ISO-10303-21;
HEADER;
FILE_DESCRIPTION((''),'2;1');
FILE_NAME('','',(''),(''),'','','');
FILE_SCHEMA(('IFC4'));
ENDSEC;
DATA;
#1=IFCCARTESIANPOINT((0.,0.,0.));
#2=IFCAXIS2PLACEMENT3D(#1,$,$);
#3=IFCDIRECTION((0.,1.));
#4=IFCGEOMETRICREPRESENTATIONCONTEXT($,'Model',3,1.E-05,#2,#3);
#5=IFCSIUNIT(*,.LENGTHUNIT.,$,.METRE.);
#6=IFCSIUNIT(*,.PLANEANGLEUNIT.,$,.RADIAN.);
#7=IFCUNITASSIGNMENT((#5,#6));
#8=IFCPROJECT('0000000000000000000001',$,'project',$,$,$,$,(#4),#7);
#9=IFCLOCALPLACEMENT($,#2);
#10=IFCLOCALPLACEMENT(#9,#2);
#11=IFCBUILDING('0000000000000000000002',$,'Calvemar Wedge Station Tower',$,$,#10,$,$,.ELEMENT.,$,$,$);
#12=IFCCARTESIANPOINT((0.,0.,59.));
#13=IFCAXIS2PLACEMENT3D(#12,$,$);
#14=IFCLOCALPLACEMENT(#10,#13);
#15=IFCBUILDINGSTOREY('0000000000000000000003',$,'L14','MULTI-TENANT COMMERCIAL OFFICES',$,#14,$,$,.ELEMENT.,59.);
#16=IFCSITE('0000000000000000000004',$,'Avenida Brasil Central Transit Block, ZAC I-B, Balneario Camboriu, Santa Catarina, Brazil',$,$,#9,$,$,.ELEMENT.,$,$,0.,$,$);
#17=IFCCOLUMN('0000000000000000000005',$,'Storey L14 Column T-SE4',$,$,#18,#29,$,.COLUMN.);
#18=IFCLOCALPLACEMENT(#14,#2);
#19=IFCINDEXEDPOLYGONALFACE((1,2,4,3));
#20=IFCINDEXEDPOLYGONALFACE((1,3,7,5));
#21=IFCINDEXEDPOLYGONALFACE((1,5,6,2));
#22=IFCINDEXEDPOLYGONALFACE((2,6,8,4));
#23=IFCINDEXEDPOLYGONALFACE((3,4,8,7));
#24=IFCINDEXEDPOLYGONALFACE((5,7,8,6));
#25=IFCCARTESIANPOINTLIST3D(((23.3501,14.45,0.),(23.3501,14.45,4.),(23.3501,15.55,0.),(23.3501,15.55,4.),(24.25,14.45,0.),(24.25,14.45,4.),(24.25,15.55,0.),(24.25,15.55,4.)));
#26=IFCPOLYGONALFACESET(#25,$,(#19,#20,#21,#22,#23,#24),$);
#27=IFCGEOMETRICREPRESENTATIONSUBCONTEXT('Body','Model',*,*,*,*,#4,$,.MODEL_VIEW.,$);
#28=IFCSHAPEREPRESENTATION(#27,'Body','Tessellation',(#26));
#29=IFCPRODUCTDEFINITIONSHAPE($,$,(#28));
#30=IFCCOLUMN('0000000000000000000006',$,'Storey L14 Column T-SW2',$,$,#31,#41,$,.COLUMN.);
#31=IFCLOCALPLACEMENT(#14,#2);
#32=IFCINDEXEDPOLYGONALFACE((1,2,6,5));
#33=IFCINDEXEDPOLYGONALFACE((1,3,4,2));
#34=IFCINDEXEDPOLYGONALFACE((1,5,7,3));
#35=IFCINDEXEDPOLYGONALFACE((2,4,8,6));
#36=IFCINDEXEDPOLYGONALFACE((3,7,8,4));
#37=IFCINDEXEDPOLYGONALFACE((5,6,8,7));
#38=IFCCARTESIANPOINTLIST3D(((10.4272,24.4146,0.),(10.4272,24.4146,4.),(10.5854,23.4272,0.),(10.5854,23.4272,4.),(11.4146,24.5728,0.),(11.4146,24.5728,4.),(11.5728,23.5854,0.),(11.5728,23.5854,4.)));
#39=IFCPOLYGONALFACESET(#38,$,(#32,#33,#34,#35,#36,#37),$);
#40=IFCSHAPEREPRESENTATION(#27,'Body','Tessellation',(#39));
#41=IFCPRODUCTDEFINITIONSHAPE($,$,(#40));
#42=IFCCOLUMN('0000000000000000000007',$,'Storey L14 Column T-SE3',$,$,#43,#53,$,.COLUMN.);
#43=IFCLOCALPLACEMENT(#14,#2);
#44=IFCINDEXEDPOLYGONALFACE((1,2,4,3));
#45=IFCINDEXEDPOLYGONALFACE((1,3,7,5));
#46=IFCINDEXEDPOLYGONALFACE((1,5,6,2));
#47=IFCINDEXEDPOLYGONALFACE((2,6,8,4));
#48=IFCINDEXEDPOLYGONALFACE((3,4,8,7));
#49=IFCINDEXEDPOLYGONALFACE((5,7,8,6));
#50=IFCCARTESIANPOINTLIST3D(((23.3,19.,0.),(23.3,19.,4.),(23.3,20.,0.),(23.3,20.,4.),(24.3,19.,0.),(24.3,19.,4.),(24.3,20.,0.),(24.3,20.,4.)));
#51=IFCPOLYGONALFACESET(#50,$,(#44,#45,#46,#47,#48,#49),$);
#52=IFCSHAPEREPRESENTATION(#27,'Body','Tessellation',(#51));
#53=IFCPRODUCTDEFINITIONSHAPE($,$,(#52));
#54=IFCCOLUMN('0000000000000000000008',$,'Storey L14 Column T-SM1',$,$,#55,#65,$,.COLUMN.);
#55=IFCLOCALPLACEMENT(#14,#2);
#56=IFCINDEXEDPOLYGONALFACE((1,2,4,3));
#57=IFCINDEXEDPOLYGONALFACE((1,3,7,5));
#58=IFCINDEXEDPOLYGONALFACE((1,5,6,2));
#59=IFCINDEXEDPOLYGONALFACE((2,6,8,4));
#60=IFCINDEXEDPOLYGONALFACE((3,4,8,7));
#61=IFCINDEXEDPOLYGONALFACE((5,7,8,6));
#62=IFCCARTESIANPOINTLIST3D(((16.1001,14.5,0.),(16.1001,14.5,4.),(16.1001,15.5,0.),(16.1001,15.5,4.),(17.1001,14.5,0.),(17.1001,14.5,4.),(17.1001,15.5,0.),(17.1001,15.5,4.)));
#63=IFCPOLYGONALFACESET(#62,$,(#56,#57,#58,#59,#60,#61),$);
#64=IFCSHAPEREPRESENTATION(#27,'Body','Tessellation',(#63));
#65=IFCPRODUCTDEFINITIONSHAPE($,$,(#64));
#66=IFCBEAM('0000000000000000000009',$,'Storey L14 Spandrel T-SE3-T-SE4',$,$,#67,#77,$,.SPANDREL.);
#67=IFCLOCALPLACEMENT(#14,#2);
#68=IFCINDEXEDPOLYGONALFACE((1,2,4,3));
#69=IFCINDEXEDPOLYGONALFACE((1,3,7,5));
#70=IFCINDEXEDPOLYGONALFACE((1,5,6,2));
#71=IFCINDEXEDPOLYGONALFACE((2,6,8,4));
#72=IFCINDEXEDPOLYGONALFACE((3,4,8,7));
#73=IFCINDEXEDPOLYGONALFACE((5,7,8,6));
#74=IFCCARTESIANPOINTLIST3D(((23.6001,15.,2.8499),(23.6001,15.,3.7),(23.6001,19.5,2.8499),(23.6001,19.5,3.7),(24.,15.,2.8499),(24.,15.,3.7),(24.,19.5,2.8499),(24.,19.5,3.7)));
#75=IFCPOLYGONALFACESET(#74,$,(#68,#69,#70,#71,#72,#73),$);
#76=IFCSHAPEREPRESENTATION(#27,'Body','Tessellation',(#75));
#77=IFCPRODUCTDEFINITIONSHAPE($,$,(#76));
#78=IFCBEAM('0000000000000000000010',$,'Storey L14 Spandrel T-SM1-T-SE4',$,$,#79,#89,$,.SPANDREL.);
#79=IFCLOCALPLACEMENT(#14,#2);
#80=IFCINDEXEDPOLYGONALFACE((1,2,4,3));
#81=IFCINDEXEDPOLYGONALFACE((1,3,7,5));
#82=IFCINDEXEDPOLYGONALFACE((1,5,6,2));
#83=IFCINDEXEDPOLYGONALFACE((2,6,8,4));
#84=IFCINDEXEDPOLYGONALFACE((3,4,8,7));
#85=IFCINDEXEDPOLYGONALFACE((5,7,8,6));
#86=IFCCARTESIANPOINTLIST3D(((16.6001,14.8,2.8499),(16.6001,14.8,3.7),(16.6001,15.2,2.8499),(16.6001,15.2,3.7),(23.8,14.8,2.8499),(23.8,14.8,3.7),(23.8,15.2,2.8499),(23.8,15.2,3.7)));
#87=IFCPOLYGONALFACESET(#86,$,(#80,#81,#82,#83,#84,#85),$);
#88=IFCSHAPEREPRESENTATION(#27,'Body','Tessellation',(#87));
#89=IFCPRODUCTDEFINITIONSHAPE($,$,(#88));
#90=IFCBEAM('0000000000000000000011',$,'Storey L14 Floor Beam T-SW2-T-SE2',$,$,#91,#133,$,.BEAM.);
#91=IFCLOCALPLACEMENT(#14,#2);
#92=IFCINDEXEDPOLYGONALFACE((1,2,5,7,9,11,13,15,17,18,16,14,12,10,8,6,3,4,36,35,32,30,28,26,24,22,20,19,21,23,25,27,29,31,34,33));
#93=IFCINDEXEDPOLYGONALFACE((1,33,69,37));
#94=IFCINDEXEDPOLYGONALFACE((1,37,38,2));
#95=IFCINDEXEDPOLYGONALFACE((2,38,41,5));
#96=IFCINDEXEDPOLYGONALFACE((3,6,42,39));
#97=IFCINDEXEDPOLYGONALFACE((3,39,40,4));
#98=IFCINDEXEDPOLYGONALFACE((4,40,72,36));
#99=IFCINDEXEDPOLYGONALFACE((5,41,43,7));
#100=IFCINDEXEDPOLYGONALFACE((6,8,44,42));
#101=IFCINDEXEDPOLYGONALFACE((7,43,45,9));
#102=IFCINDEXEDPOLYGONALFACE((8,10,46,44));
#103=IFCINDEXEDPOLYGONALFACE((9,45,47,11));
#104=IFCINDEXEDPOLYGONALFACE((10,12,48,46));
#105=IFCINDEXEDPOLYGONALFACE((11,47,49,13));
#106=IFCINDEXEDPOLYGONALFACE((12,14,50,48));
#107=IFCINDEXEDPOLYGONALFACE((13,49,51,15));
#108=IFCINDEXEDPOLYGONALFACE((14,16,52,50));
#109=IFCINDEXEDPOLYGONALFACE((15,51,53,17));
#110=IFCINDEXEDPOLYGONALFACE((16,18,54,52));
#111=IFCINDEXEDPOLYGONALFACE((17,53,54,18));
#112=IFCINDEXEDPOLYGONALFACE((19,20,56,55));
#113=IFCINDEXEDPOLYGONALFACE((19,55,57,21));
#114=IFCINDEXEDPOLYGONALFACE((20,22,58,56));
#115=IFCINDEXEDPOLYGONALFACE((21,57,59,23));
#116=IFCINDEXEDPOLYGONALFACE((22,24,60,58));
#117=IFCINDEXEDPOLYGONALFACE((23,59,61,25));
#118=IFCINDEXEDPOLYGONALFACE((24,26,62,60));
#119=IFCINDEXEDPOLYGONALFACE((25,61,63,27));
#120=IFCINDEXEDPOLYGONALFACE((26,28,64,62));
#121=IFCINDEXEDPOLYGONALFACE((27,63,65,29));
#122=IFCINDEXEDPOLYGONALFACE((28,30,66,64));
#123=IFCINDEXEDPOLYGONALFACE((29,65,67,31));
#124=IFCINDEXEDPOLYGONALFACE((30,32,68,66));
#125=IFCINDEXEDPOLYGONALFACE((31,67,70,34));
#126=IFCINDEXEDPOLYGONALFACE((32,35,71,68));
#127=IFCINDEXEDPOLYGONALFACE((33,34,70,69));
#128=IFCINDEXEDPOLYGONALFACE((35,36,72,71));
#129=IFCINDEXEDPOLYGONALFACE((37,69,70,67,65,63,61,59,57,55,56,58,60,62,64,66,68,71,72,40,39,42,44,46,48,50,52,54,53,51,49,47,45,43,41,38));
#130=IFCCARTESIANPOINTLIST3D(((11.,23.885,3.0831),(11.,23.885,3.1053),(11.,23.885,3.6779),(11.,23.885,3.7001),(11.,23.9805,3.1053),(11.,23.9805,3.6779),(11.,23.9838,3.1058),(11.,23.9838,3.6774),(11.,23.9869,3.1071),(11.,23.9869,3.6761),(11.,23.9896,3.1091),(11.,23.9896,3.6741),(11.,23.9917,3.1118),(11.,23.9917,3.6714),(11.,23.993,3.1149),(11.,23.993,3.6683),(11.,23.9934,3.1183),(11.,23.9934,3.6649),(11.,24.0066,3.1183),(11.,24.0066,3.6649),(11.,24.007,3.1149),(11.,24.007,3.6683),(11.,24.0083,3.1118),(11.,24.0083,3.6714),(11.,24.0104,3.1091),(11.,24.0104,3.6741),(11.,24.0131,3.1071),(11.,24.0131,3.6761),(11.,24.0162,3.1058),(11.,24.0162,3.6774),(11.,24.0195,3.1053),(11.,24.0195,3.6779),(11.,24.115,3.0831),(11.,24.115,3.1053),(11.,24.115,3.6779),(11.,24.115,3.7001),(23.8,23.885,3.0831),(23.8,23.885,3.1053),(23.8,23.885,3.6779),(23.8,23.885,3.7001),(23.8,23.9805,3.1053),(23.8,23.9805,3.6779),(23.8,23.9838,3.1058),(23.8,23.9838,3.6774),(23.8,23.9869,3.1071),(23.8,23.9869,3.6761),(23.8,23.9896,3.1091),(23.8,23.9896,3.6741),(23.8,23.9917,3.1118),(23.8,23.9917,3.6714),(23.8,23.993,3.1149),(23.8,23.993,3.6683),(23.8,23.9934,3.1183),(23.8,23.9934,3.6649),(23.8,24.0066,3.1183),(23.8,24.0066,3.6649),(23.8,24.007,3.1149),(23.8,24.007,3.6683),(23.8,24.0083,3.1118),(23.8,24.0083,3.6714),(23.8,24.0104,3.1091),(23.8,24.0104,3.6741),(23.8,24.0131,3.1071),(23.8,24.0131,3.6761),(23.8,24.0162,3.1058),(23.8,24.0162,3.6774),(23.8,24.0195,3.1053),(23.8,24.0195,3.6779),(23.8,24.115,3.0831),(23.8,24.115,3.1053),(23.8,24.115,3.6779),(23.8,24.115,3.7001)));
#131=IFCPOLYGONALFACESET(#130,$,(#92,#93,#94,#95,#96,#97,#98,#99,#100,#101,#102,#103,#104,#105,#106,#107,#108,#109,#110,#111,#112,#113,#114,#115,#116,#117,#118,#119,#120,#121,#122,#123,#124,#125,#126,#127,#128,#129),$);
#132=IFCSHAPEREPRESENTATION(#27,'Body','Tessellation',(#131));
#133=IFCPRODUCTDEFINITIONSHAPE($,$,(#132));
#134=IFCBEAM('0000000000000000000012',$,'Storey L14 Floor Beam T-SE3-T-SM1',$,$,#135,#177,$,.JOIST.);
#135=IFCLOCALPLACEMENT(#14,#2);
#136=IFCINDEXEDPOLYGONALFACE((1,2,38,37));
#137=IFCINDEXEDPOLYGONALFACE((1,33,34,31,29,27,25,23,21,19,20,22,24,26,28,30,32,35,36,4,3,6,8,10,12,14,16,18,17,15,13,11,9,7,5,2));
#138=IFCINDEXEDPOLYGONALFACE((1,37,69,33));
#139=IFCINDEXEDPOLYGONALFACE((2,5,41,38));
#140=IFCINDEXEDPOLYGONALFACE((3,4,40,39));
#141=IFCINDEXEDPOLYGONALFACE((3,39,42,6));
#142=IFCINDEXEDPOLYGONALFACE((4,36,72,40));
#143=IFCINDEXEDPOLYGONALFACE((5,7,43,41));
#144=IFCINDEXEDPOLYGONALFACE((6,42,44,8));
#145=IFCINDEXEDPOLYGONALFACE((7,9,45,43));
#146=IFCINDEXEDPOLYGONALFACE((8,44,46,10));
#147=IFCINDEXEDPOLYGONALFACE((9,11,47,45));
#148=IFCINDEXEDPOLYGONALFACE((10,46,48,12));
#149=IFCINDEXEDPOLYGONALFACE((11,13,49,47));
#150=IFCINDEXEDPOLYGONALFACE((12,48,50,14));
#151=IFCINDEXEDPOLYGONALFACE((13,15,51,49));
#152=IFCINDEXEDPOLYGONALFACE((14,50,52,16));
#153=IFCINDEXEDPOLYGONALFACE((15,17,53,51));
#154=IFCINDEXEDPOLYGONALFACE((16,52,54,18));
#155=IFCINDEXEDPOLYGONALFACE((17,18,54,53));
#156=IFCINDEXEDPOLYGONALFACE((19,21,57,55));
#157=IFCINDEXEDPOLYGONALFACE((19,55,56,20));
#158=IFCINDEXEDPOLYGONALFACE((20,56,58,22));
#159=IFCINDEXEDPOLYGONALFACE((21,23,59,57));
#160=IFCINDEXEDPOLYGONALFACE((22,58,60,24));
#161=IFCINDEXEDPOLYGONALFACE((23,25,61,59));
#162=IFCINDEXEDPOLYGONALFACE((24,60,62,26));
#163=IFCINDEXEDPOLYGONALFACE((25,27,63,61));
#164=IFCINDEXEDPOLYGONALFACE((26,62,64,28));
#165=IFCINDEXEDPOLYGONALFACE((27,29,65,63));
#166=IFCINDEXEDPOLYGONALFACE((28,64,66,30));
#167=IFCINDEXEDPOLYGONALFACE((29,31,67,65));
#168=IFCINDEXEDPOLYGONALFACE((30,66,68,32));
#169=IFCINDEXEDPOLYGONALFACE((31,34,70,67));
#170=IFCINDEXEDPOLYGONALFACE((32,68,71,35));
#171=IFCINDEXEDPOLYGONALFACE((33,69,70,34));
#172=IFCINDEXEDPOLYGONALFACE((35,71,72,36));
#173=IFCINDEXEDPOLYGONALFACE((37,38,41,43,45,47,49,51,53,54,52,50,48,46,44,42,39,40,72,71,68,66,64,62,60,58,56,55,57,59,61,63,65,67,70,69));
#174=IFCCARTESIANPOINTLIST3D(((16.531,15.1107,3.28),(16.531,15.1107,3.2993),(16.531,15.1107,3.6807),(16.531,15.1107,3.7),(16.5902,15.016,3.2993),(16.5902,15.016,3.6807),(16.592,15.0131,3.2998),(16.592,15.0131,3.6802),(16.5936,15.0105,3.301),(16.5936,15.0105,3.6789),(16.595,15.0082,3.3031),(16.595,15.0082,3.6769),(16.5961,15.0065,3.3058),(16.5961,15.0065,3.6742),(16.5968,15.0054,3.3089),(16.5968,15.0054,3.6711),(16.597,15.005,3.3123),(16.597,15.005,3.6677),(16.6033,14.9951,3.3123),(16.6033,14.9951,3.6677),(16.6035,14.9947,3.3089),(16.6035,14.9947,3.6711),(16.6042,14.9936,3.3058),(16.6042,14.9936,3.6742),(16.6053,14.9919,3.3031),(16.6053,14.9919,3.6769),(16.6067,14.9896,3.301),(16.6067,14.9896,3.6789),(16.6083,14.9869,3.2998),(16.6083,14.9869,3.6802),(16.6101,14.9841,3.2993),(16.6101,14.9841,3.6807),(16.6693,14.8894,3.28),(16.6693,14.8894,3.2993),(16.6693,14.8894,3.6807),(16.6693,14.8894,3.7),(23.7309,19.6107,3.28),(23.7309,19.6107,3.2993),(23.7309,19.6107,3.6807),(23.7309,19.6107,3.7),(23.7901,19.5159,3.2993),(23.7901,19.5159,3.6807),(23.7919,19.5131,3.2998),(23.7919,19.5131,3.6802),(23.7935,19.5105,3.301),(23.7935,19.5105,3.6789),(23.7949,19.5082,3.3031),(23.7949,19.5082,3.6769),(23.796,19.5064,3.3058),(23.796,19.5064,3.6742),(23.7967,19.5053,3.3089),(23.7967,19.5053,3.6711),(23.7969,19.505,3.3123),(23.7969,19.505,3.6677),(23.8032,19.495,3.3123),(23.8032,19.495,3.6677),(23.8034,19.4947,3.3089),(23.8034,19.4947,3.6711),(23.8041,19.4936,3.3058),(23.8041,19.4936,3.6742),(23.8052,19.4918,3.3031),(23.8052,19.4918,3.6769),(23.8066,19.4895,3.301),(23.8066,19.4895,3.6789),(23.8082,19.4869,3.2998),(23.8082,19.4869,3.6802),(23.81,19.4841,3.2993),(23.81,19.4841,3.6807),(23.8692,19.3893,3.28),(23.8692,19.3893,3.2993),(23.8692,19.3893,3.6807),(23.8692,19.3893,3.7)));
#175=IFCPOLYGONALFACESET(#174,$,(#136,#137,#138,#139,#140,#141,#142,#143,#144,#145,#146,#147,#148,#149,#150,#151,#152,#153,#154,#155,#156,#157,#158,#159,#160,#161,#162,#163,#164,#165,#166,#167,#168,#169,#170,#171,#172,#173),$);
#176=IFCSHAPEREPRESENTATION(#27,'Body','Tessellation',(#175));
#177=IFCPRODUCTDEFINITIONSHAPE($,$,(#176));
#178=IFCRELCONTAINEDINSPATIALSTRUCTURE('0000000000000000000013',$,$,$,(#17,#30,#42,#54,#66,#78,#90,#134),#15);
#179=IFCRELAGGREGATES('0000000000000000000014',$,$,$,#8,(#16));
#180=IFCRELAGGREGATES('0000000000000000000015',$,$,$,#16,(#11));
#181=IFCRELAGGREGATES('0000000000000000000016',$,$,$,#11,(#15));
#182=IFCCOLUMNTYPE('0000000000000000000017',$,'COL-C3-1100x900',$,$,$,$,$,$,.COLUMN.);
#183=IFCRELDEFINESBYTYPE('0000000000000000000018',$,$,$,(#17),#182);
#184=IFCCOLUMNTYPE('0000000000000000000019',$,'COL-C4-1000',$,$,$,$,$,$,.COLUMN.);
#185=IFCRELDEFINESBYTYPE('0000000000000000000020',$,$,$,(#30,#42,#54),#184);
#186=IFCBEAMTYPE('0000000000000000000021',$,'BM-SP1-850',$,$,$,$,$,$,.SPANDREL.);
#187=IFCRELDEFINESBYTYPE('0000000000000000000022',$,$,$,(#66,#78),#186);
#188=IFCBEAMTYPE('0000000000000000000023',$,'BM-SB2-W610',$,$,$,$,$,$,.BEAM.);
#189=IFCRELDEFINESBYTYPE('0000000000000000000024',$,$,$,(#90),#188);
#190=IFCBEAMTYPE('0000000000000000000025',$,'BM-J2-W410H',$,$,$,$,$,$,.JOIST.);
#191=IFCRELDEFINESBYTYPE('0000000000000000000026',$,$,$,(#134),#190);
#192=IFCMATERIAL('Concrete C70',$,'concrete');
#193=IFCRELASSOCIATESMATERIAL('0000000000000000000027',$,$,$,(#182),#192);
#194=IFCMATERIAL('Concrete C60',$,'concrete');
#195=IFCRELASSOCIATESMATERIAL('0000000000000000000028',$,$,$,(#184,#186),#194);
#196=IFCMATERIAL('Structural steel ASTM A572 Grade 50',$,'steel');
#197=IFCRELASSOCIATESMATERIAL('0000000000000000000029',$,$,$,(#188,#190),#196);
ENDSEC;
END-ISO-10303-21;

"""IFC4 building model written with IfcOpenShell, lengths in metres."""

from ifc_helpers import new_model, si_unit, direction, frame, origin, origin_2d, place, context, subcontext, project, spatial, rectangle, i_section, extrude, source, transform, mapped, material, material_profile, profile_set, type_object, element, save


model = new_model("IFC4")

# Units and contexts
model_context = context("Model", 3, precision=1e-05, world=origin(), true_north=direction((0.0, 1.0)))
body_context = subcontext(model_context, "Body", "Model", "MODEL_VIEW")
ifc_project = project(units=[si_unit("LENGTHUNIT", "METRE"), si_unit("PLANEANGLEUNIT", "RADIAN")], contexts=[model_context])

# Site, building, storey
site_placement = place(None, origin())
site = spatial("IfcSite", under=ifc_project, at=site_placement, Name="Avenida Brasil Central Transit Block, ZAC I-B, Balneario Camboriu, Santa Catarina, Brazil", CompositionType="ELEMENT", RefElevation=0.0)
building_placement = place(site_placement, origin())
building = spatial("IfcBuilding", under=site, at=building_placement, Name="Calvemar Wedge Station Tower", CompositionType="ELEMENT")
storey_placement = place(building_placement, frame((0.0, 0.0, 59.0)))
storey = spatial("IfcBuildingStorey", under=building, at=storey_placement, Name="L14", Description="MULTI-TENANT COMMERCIAL OFFICES", CompositionType="ELEMENT", Elevation=59.0)

# Columns
ifc_material_1 = material(Name="Concrete C70", Category="concrete")
ifc_material_profile_1 = material_profile(ifc_material_1, rectangle(XDim=0.8999, YDim=1.1001, at=origin_2d()), Name="RC1100x900")
ifc_profile_set_1 = profile_set([ifc_material_profile_1], Name="Concrete C70")
column_type_1 = type_object("IfcColumnType", Name="COL-C3-1100x900", PredefinedType="COLUMN", material=ifc_profile_set_1)
shared_shape_1 = source(origin(), body_context, "Body", "SweptSolid", [
    extrude(rectangle(XDim=0.8999, YDim=1.1001, at=origin_2d()), origin(), (0.0, 0.0, 1.0), 4.0),
])
column_placement = place(storey_placement, frame((23.8, 15.0, 0.0), z_axis=(0.0, 0.0, 1.0), x_axis=(1.0, 0.0, 0.0)))
element("IfcColumn", 1, at=column_placement, inside=storey, type_object=column_type_1, Name="Storey L14 Column T-SE4", PredefinedType="COLUMN", context=body_context, shape_type="MappedRepresentation", body=[
    mapped(shared_shape_1, transform((0.0, 0.0, 0.0), scale=1.0)),
])
ifc_material_2 = material(Name="Concrete C60", Category="concrete")
ifc_material_profile_2 = material_profile(ifc_material_2, rectangle(XDim=1.0, YDim=1.0, at=origin_2d()), Name="RC1000x1000")
ifc_profile_set_2 = profile_set([ifc_material_profile_2], Name="Concrete C60")
column_type_2 = type_object("IfcColumnType", Name="COL-C4-1000", PredefinedType="COLUMN", material=ifc_profile_set_2)
shared_shape_2 = source(origin(), body_context, "Body", "SweptSolid", [
    extrude(rectangle(XDim=1.0, YDim=1.0, at=origin_2d()), origin(), (0.0, 0.0, 1.0), 4.0),
])
for number, where, z_axis, x_axis, name in (
    (2, (11.0, 24.0, 0.0), (0.0, 0.0, 1.0), (0.158158, -0.987414, 0.0), "Storey L14 Column T-SW2"),
    (3, (23.8, 19.5, 0.0), (0.0, 0.0, 1.0), (1.0, 0.0, 0.0), "Storey L14 Column T-SE3"),
    (4, (16.6001, 15.0, 0.0), (0.0, 0.0, 1.0), (1.0, 0.0, 0.0), "Storey L14 Column T-SM1"),
):
    element("IfcColumn", number, at=place(storey_placement, frame(where, z_axis=z_axis, x_axis=x_axis)), inside=storey, type_object=column_type_2, Name=name, PredefinedType="COLUMN", context=body_context, shape_type="MappedRepresentation", body=[
        mapped(shared_shape_2, transform((0.0, 0.0, 0.0), scale=1.0)),
    ])

# Beams
ifc_material_profile_3 = material_profile(ifc_material_2, rectangle(XDim=0.3999, YDim=0.8501, at=origin_2d()), Name="RC400x850")
ifc_profile_set_3 = profile_set([ifc_material_profile_3], Name="Concrete C60")
beam_type_1 = type_object("IfcBeamType", Name="BM-SP1-850", PredefinedType="SPANDREL", material=ifc_profile_set_3)
shared_shape_3 = source(origin(), body_context, "Body", "SweptSolid", [
    extrude(rectangle(XDim=0.3999, YDim=0.8501, at=origin_2d()), origin(), (0.0, 0.0, 1.0), 4.5),
])
beam_1_placement = place(storey_placement, frame((23.8, 19.5, 3.2749), z_axis=(0.0, -1.0, 0.0), x_axis=(1.0, 0.0, 0.0)))
element("IfcBeam", 5, at=beam_1_placement, inside=storey, type_object=beam_type_1, Name="Storey L14 Spandrel T-SE3-T-SE4", PredefinedType="SPANDREL", context=body_context, shape_type="MappedRepresentation", body=[
    mapped(shared_shape_3, transform((0.0, 0.0, 0.0), scale=1.0)),
])
shared_shape_4 = source(origin(), body_context, "Body", "SweptSolid", [
    extrude(rectangle(XDim=0.3999, YDim=0.8501, at=origin_2d()), origin(), (0.0, 0.0, 1.0), 7.2),
])
beam_2_placement = place(storey_placement, frame((16.6001, 15.0, 3.2749), z_axis=(1.0, 0.0, 0.0), x_axis=(0.0, 1.0, 0.0)))
element("IfcBeam", 6, at=beam_2_placement, inside=storey, type_object=beam_type_1, Name="Storey L14 Spandrel T-SM1-T-SE4", PredefinedType="SPANDREL", context=body_context, shape_type="MappedRepresentation", body=[
    mapped(shared_shape_4, transform((0.0, 0.0, 0.0), scale=1.0)),
])
ifc_material_3 = material(Name="Structural steel ASTM A572 Grade 50", Category="steel")
ifc_material_profile_4 = material_profile(ifc_material_3, i_section(OverallWidth=0.23, OverallDepth=0.6169, WebThickness=0.0132, FlangeThickness=0.0222, FilletRadius=0.0129, at=origin_2d()), Name="W610x140")
ifc_profile_set_4 = profile_set([ifc_material_profile_4], Name="Structural steel ASTM A572 Grade 50")
beam_type_2 = type_object("IfcBeamType", Name="BM-SB2-W610", PredefinedType="BEAM", material=ifc_profile_set_4)
shared_shape_5 = source(origin(), body_context, "Body", "SweptSolid", [
    extrude(i_section(OverallWidth=0.23, OverallDepth=0.6169, WebThickness=0.0132, FlangeThickness=0.0222, FilletRadius=0.0129, at=origin_2d()), origin(), (0.0, 0.0, 1.0), 12.8),
])
beam_3_placement = place(storey_placement, frame((11.0, 24.0, 3.3916), z_axis=(1.0, 0.0, 0.0), x_axis=(0.0, 1.0, 0.0)))
element("IfcBeam", 7, at=beam_3_placement, inside=storey, type_object=beam_type_2, Name="Storey L14 Floor Beam T-SW2-T-SE2", PredefinedType="BEAM", context=body_context, shape_type="MappedRepresentation", body=[
    mapped(shared_shape_5, transform((0.0, 0.0, 0.0), scale=1.0)),
])
ifc_material_profile_5 = material_profile(ifc_material_3, i_section(OverallWidth=0.261, OverallDepth=0.4199, WebThickness=0.0117, FlangeThickness=0.0193, FilletRadius=0.0129, at=origin_2d()), Name="W410x114")
ifc_profile_set_5 = profile_set([ifc_material_profile_5], Name="Structural steel ASTM A572 Grade 50")
beam_type_3 = type_object("IfcBeamType", Name="BM-J2-W410H", PredefinedType="JOIST", material=ifc_profile_set_5)
shared_shape_6 = source(origin(), body_context, "Body", "SweptSolid", [
    extrude(i_section(OverallWidth=0.261, OverallDepth=0.4199, WebThickness=0.0117, FlangeThickness=0.0193, FilletRadius=0.0129, at=origin_2d()), origin(), (0.0, 0.0, 1.0), 8.4905),
])
beam_4_placement = place(storey_placement, frame((23.8, 19.5, 3.49), z_axis=(-0.847997, -0.530002, 0.0), x_axis=(0.530002, -0.847997, 0.0)))
element("IfcBeam", 8, at=beam_4_placement, inside=storey, type_object=beam_type_3, Name="Storey L14 Floor Beam T-SE3-T-SM1", PredefinedType="JOIST", context=body_context, shape_type="MappedRepresentation", body=[
    mapped(shared_shape_6, transform((0.0, 0.0, 0.0), scale=1.0)),
])

save(model, "model.ifc")
